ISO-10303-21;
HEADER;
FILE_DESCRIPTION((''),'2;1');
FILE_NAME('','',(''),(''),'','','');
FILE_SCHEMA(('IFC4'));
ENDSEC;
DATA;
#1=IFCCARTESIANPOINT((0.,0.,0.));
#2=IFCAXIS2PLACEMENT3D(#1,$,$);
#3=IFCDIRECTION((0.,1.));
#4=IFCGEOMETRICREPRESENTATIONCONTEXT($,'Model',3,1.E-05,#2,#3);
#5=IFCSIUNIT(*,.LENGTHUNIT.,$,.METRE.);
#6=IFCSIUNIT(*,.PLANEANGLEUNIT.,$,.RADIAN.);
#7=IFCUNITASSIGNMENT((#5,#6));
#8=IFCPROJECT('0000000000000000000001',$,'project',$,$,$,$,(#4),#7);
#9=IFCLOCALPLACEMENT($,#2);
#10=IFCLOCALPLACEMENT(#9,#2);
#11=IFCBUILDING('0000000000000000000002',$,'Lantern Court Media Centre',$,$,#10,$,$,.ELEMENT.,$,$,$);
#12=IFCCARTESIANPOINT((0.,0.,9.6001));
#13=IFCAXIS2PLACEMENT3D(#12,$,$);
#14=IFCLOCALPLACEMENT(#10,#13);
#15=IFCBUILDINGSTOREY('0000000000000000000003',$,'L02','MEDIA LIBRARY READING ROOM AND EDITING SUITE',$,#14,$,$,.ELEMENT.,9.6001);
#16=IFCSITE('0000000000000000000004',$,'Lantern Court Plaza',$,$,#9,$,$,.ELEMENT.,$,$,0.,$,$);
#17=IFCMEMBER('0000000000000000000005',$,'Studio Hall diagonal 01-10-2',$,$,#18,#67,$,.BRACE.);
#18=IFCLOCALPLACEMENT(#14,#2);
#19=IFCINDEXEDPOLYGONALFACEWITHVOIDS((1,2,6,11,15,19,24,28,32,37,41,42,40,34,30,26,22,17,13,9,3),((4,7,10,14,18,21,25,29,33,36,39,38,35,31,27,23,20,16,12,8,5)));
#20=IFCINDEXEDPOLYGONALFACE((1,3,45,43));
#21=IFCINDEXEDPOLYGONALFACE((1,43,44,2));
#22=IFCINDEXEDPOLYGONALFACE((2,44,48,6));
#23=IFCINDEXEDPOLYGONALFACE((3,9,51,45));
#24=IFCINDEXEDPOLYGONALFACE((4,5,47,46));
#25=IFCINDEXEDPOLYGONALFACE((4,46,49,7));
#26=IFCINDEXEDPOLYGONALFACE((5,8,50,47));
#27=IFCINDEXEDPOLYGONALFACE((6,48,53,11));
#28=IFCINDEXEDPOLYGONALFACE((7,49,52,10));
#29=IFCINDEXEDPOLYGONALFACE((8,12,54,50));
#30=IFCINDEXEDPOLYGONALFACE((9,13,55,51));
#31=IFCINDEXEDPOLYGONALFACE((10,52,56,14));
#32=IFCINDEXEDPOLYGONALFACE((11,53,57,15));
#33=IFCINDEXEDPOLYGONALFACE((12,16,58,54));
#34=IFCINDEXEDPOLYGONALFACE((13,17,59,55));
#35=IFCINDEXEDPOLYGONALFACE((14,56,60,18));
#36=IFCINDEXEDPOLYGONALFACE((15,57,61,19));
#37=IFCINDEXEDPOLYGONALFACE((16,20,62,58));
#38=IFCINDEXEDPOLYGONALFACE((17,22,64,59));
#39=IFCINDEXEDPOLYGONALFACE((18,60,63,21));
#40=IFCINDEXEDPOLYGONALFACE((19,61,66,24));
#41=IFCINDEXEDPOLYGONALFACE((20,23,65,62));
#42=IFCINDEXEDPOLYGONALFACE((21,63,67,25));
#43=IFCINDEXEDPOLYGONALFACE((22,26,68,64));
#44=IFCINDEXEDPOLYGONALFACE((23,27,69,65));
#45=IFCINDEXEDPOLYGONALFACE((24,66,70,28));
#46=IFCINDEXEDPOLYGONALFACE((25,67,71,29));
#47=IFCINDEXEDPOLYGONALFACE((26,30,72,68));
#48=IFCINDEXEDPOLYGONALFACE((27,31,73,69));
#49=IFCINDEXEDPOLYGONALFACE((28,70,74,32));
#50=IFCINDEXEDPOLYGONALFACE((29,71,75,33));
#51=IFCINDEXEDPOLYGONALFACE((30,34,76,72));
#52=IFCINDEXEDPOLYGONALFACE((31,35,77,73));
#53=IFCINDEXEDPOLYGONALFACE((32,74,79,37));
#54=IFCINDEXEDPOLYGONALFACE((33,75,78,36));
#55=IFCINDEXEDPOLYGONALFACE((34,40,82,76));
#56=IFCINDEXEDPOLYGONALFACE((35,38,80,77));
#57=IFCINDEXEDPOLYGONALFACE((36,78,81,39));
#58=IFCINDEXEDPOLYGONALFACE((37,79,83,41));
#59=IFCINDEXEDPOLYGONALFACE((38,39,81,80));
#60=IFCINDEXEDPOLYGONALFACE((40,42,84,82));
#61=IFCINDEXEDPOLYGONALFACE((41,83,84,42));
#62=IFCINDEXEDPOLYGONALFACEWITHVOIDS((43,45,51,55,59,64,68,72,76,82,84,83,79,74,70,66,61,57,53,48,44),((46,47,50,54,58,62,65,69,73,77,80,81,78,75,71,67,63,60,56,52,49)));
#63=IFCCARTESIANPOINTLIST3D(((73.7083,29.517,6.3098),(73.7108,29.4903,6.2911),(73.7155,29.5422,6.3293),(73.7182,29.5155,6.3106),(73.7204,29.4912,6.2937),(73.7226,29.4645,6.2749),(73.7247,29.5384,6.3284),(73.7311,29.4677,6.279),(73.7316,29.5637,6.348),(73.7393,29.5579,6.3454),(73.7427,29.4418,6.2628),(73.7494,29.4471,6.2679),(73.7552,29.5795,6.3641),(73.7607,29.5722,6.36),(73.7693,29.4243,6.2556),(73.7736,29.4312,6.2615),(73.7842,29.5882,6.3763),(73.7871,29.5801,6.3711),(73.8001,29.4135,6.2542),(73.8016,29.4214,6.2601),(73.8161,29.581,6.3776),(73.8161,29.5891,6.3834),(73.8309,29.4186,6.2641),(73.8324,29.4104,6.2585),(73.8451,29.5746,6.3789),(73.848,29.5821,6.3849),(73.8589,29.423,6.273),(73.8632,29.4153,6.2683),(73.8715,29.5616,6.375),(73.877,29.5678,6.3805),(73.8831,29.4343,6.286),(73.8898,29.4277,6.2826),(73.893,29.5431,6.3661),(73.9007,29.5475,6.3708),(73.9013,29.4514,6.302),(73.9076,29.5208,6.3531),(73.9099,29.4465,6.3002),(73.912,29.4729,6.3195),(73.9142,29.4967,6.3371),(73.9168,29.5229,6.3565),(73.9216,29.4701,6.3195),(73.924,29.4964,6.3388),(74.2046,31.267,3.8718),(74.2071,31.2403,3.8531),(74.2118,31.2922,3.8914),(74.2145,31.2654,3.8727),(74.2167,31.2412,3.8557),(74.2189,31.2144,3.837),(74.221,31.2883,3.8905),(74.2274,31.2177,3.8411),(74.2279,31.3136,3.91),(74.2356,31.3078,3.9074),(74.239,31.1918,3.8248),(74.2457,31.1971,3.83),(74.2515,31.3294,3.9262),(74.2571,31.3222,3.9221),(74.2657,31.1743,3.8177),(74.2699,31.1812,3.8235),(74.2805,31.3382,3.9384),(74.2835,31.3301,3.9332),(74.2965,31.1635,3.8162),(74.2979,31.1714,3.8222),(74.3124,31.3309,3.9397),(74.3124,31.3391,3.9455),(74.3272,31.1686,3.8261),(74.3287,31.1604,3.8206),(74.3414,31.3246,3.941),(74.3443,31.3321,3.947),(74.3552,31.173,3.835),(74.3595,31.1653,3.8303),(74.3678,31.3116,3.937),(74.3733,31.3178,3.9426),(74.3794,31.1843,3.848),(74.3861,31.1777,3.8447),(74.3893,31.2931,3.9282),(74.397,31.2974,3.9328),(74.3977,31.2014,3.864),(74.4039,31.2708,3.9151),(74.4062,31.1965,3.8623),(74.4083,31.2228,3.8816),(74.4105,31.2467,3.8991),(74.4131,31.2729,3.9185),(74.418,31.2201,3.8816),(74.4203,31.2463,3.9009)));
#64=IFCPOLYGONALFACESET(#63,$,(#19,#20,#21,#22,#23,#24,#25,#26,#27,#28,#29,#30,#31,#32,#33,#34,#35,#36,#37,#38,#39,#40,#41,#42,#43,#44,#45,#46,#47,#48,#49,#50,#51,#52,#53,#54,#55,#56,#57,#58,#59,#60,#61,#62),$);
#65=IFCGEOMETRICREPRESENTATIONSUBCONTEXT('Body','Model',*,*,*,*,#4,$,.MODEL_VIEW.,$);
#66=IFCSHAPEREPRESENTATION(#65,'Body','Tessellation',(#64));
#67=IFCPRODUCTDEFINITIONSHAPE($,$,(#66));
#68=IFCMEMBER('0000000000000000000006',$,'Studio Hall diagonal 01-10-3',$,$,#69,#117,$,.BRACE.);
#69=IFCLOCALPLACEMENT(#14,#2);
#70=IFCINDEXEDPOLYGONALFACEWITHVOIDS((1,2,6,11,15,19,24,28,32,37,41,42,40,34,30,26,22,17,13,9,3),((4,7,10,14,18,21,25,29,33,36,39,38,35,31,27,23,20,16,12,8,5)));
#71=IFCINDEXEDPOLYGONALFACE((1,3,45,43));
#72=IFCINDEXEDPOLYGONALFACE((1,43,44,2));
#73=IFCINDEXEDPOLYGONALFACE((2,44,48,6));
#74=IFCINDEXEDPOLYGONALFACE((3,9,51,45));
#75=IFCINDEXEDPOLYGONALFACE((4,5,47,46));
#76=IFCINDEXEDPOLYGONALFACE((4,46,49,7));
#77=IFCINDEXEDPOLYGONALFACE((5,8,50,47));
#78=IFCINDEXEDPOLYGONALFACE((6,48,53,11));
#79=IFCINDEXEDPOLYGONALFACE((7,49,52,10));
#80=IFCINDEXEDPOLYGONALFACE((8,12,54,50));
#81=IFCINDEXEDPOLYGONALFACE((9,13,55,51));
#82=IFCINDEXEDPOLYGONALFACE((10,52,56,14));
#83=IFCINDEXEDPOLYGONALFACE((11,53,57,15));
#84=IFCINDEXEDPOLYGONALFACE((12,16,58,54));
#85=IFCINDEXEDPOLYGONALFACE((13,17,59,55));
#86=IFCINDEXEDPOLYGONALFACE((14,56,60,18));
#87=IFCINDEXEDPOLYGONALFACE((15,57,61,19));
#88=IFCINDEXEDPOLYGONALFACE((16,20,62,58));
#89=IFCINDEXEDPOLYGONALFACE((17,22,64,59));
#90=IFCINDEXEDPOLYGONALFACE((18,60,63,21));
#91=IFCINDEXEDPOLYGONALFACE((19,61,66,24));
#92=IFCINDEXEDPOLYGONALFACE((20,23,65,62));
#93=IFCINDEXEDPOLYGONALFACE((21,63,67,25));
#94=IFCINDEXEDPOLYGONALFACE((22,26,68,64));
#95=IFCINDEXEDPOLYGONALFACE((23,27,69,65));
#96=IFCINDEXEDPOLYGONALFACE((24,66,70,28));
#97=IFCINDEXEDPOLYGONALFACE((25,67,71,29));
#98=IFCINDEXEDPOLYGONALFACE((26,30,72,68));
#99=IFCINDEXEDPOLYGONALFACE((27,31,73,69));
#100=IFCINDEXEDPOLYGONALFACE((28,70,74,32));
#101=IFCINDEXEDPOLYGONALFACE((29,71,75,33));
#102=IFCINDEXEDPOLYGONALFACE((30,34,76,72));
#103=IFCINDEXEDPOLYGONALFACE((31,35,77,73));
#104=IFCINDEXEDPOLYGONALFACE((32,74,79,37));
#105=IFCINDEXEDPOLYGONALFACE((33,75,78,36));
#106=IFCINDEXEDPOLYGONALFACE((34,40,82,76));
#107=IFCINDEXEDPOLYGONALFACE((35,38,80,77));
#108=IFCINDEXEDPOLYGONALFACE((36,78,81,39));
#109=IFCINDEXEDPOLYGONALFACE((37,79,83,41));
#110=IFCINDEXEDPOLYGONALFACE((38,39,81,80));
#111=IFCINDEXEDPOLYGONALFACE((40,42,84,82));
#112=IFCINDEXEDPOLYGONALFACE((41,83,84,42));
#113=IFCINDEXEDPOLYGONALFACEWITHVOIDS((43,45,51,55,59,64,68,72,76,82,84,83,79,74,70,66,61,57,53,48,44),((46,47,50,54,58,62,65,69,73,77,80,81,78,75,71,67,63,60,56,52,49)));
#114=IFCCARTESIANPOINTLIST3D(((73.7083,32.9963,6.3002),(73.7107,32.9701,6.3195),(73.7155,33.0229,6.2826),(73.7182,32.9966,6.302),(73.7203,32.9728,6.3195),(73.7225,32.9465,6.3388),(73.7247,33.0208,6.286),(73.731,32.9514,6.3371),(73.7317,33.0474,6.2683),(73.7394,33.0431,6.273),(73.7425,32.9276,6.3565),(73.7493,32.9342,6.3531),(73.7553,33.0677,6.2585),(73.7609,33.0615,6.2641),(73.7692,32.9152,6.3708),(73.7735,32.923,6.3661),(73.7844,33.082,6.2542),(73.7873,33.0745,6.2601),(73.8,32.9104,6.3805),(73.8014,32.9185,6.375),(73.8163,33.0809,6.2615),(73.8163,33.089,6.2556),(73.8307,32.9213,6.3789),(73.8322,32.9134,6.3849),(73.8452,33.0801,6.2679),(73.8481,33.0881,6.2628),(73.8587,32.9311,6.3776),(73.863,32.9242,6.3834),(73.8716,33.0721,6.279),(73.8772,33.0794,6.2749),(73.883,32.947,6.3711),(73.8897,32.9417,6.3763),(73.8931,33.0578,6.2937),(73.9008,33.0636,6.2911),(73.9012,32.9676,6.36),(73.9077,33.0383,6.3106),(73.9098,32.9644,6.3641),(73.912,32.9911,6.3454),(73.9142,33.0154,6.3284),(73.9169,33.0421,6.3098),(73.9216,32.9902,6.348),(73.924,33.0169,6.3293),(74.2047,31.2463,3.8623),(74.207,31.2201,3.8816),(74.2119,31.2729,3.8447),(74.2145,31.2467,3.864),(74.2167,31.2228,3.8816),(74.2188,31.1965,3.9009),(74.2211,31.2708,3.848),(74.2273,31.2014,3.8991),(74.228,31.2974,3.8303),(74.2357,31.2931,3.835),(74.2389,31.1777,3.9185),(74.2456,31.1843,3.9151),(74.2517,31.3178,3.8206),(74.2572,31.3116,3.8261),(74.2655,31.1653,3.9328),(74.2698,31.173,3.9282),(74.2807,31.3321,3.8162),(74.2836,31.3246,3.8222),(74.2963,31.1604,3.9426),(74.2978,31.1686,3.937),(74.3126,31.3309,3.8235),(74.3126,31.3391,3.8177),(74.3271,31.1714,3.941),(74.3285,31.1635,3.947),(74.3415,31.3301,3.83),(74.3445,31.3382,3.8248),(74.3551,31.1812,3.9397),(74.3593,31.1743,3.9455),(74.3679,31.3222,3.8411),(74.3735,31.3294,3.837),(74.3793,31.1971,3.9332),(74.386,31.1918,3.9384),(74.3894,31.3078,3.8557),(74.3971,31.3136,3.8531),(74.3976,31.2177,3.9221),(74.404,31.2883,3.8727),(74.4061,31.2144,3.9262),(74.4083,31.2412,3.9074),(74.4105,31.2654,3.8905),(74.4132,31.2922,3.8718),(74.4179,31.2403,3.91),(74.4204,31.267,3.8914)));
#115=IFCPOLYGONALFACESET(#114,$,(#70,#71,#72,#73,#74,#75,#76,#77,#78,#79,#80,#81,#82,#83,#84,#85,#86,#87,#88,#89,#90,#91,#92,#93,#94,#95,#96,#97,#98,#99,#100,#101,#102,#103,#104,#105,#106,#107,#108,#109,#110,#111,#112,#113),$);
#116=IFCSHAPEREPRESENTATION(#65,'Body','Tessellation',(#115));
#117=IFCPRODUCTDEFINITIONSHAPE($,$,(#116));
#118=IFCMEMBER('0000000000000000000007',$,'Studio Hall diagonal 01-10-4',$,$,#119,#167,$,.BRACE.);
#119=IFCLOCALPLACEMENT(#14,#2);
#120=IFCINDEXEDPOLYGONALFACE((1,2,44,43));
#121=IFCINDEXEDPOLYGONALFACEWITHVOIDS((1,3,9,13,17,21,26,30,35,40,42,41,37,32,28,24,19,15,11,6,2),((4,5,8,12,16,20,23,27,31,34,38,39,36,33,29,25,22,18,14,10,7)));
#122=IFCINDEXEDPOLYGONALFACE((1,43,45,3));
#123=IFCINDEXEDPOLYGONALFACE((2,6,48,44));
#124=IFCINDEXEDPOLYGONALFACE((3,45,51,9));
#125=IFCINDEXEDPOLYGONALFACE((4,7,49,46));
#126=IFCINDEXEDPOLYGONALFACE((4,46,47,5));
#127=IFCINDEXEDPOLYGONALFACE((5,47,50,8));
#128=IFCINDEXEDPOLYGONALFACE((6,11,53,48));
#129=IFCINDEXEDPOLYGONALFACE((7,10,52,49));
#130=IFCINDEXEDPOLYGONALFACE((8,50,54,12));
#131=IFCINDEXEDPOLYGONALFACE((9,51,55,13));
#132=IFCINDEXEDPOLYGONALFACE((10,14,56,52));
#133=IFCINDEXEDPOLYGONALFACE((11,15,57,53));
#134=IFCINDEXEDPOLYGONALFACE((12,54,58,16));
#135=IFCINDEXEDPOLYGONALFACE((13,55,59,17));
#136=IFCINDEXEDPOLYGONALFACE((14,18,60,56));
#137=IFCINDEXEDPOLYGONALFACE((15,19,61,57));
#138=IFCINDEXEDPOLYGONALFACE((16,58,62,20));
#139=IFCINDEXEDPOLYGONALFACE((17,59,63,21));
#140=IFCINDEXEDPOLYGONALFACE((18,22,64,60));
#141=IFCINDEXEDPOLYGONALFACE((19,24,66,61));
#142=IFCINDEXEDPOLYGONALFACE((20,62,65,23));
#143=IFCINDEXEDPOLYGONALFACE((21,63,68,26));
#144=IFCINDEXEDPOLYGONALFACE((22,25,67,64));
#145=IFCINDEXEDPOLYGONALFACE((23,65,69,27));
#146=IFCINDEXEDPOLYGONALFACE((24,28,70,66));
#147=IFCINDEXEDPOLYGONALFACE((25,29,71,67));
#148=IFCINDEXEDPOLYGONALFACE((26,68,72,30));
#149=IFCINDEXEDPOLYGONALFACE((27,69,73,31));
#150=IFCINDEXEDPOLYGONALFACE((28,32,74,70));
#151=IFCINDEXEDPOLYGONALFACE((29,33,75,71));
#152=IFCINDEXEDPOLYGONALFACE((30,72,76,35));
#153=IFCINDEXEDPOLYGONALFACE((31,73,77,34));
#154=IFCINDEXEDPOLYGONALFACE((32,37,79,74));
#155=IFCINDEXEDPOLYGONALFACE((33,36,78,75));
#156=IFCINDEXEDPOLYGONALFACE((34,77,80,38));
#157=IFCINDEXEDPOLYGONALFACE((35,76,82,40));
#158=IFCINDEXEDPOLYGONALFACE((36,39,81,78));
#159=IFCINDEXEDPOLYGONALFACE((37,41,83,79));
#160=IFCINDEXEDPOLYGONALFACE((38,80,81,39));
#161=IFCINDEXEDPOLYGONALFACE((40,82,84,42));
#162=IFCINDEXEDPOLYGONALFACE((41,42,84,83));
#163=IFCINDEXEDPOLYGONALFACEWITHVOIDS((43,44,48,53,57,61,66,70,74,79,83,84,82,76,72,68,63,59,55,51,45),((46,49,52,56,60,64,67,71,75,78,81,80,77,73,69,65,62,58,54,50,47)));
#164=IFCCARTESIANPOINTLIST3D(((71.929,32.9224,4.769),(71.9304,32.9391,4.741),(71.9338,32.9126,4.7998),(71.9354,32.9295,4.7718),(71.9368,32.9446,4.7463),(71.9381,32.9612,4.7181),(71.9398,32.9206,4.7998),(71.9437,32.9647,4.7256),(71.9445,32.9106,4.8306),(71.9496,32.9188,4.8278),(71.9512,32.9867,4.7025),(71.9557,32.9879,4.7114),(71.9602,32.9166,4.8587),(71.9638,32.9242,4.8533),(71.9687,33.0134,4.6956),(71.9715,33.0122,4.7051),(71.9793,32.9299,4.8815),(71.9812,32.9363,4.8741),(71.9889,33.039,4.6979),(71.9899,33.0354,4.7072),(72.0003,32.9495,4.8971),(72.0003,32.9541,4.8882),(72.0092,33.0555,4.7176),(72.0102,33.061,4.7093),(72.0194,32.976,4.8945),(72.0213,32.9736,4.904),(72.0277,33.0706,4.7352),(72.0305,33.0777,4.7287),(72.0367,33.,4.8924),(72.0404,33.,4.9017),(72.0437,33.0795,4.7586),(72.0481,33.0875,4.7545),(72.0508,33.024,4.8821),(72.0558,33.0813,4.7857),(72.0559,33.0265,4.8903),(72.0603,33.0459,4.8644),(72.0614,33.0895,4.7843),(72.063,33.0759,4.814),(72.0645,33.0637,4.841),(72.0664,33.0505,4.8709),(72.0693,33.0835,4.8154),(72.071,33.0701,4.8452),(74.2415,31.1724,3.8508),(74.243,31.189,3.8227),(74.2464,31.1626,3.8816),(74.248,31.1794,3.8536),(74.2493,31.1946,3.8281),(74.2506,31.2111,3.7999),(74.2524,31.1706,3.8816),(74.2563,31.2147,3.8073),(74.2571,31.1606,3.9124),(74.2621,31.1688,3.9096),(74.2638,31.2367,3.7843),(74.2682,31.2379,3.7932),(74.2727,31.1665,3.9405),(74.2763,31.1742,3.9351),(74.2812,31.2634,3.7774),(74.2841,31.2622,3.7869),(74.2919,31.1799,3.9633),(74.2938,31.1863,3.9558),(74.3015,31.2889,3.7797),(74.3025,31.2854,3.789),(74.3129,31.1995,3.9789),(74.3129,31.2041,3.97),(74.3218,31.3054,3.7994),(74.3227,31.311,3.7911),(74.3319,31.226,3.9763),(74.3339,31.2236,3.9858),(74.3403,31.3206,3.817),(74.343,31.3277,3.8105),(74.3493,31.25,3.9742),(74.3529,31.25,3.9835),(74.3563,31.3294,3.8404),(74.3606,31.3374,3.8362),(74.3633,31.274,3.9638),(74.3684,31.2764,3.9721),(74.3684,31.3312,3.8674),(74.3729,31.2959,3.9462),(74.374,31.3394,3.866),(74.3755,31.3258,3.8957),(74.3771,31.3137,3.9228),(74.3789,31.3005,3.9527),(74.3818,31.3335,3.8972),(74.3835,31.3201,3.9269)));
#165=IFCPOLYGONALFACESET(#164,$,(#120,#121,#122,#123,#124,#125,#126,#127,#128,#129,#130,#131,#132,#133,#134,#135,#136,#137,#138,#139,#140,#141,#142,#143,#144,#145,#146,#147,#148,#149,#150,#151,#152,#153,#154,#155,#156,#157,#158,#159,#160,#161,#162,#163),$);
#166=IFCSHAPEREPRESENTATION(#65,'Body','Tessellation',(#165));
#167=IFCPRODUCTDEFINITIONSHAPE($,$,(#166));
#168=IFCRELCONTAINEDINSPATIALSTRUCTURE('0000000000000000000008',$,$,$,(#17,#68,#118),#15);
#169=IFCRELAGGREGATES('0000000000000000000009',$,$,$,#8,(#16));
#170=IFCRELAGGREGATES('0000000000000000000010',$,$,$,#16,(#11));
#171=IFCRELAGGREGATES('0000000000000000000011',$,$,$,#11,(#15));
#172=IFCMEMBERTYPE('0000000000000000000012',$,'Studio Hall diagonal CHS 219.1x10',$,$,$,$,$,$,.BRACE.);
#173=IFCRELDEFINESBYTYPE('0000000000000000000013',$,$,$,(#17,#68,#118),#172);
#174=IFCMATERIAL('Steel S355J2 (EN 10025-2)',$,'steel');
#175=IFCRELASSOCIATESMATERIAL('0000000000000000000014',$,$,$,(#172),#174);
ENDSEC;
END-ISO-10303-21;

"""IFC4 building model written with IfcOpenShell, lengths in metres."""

from ifc_helpers import new_model, si_unit, direction, frame, origin, origin_2d, place, context, subcontext, project, spatial, hollow_circle, extrude, material, material_profile, profile_set, type_object, element, save


model = new_model("IFC4")

# Units and contexts
model_context = context("Model", 3, precision=1e-05, world=origin(), true_north=direction((0.0, 1.0)))
body_context = subcontext(model_context, "Body", "Model", "MODEL_VIEW")
ifc_project = project(units=[si_unit("LENGTHUNIT", "METRE"), si_unit("PLANEANGLEUNIT", "RADIAN")], contexts=[model_context])

# Site, building, storey
site_placement = place(None, origin())
site = spatial("IfcSite", under=ifc_project, at=site_placement, Name="Lantern Court Plaza", CompositionType="ELEMENT", RefElevation=0.0)
building_placement = place(site_placement, origin())
building = spatial("IfcBuilding", under=site, at=building_placement, Name="Lantern Court Media Centre", CompositionType="ELEMENT")
storey_placement = place(building_placement, frame((0.0, 0.0, 9.6001)))
storey = spatial("IfcBuildingStorey", under=building, at=storey_placement, Name="L02", Description="MEDIA LIBRARY READING ROOM AND EDITING SUITE", CompositionType="ELEMENT", Elevation=9.6001)

# Members
ifc_material_1 = material(Name="Steel S355J2 (EN 10025-2)", Category="steel")
ifc_material_profile_1 = material_profile(ifc_material_1, hollow_circle(Radius=0.1096, WallThickness=0.01, at=origin_2d()), Name="Studio Hall diagonal CHS 219.1x10")
ifc_profile_set_1 = profile_set([ifc_material_profile_1], Name="Steel S355J2 (EN 10025-2)")
member_type_1 = type_object("IfcMemberType", Name="Studio Hall diagonal CHS 219.1x10", PredefinedType="BRACE", material=ifc_profile_set_1)
for number, where, z_axis, x_axis, name in (
    (1, (74.3125, 31.25, 3.8816), (-0.163172, -0.575314, 0.801491), (0.962054, -0.272859, 0.0), "Studio Hall diagonal 01-10-2"),
    (2, (74.3125, 31.25, 3.8816), (-0.163172, 0.575314, 0.801491), (-0.962054, -0.272859, 0.0), "Studio Hall diagonal 01-10-3"),
):
    element("IfcMember", number, at=place(storey_placement, frame(where, z_axis=z_axis, x_axis=x_axis)), inside=storey, type_object=member_type_1, Name=name, PredefinedType="BRACE", context=body_context, shape_type="SweptSolid", body=[
        extrude(hollow_circle(Radius=0.1096, WallThickness=0.01, at=origin_2d()), origin(), (0.0, 0.0, 1.0), 3.0417),
    ])
member_1_placement = place(storey_placement, frame((74.3125, 31.25, 3.8816), z_axis=(-0.760211, 0.575295, 0.301853), x_axis=(-0.603443, -0.797406, 0.0)))
element("IfcMember", 3, at=member_1_placement, inside=storey, type_object=member_type_1, Name="Studio Hall diagonal 01-10-4", PredefinedType="BRACE", context=body_context, shape_type="SweptSolid", body=[
    extrude(hollow_circle(Radius=0.1096, WallThickness=0.01, at=origin_2d()), origin(), (0.0, 0.0, 1.0), 3.042),
])

save(model, "model.ifc")
